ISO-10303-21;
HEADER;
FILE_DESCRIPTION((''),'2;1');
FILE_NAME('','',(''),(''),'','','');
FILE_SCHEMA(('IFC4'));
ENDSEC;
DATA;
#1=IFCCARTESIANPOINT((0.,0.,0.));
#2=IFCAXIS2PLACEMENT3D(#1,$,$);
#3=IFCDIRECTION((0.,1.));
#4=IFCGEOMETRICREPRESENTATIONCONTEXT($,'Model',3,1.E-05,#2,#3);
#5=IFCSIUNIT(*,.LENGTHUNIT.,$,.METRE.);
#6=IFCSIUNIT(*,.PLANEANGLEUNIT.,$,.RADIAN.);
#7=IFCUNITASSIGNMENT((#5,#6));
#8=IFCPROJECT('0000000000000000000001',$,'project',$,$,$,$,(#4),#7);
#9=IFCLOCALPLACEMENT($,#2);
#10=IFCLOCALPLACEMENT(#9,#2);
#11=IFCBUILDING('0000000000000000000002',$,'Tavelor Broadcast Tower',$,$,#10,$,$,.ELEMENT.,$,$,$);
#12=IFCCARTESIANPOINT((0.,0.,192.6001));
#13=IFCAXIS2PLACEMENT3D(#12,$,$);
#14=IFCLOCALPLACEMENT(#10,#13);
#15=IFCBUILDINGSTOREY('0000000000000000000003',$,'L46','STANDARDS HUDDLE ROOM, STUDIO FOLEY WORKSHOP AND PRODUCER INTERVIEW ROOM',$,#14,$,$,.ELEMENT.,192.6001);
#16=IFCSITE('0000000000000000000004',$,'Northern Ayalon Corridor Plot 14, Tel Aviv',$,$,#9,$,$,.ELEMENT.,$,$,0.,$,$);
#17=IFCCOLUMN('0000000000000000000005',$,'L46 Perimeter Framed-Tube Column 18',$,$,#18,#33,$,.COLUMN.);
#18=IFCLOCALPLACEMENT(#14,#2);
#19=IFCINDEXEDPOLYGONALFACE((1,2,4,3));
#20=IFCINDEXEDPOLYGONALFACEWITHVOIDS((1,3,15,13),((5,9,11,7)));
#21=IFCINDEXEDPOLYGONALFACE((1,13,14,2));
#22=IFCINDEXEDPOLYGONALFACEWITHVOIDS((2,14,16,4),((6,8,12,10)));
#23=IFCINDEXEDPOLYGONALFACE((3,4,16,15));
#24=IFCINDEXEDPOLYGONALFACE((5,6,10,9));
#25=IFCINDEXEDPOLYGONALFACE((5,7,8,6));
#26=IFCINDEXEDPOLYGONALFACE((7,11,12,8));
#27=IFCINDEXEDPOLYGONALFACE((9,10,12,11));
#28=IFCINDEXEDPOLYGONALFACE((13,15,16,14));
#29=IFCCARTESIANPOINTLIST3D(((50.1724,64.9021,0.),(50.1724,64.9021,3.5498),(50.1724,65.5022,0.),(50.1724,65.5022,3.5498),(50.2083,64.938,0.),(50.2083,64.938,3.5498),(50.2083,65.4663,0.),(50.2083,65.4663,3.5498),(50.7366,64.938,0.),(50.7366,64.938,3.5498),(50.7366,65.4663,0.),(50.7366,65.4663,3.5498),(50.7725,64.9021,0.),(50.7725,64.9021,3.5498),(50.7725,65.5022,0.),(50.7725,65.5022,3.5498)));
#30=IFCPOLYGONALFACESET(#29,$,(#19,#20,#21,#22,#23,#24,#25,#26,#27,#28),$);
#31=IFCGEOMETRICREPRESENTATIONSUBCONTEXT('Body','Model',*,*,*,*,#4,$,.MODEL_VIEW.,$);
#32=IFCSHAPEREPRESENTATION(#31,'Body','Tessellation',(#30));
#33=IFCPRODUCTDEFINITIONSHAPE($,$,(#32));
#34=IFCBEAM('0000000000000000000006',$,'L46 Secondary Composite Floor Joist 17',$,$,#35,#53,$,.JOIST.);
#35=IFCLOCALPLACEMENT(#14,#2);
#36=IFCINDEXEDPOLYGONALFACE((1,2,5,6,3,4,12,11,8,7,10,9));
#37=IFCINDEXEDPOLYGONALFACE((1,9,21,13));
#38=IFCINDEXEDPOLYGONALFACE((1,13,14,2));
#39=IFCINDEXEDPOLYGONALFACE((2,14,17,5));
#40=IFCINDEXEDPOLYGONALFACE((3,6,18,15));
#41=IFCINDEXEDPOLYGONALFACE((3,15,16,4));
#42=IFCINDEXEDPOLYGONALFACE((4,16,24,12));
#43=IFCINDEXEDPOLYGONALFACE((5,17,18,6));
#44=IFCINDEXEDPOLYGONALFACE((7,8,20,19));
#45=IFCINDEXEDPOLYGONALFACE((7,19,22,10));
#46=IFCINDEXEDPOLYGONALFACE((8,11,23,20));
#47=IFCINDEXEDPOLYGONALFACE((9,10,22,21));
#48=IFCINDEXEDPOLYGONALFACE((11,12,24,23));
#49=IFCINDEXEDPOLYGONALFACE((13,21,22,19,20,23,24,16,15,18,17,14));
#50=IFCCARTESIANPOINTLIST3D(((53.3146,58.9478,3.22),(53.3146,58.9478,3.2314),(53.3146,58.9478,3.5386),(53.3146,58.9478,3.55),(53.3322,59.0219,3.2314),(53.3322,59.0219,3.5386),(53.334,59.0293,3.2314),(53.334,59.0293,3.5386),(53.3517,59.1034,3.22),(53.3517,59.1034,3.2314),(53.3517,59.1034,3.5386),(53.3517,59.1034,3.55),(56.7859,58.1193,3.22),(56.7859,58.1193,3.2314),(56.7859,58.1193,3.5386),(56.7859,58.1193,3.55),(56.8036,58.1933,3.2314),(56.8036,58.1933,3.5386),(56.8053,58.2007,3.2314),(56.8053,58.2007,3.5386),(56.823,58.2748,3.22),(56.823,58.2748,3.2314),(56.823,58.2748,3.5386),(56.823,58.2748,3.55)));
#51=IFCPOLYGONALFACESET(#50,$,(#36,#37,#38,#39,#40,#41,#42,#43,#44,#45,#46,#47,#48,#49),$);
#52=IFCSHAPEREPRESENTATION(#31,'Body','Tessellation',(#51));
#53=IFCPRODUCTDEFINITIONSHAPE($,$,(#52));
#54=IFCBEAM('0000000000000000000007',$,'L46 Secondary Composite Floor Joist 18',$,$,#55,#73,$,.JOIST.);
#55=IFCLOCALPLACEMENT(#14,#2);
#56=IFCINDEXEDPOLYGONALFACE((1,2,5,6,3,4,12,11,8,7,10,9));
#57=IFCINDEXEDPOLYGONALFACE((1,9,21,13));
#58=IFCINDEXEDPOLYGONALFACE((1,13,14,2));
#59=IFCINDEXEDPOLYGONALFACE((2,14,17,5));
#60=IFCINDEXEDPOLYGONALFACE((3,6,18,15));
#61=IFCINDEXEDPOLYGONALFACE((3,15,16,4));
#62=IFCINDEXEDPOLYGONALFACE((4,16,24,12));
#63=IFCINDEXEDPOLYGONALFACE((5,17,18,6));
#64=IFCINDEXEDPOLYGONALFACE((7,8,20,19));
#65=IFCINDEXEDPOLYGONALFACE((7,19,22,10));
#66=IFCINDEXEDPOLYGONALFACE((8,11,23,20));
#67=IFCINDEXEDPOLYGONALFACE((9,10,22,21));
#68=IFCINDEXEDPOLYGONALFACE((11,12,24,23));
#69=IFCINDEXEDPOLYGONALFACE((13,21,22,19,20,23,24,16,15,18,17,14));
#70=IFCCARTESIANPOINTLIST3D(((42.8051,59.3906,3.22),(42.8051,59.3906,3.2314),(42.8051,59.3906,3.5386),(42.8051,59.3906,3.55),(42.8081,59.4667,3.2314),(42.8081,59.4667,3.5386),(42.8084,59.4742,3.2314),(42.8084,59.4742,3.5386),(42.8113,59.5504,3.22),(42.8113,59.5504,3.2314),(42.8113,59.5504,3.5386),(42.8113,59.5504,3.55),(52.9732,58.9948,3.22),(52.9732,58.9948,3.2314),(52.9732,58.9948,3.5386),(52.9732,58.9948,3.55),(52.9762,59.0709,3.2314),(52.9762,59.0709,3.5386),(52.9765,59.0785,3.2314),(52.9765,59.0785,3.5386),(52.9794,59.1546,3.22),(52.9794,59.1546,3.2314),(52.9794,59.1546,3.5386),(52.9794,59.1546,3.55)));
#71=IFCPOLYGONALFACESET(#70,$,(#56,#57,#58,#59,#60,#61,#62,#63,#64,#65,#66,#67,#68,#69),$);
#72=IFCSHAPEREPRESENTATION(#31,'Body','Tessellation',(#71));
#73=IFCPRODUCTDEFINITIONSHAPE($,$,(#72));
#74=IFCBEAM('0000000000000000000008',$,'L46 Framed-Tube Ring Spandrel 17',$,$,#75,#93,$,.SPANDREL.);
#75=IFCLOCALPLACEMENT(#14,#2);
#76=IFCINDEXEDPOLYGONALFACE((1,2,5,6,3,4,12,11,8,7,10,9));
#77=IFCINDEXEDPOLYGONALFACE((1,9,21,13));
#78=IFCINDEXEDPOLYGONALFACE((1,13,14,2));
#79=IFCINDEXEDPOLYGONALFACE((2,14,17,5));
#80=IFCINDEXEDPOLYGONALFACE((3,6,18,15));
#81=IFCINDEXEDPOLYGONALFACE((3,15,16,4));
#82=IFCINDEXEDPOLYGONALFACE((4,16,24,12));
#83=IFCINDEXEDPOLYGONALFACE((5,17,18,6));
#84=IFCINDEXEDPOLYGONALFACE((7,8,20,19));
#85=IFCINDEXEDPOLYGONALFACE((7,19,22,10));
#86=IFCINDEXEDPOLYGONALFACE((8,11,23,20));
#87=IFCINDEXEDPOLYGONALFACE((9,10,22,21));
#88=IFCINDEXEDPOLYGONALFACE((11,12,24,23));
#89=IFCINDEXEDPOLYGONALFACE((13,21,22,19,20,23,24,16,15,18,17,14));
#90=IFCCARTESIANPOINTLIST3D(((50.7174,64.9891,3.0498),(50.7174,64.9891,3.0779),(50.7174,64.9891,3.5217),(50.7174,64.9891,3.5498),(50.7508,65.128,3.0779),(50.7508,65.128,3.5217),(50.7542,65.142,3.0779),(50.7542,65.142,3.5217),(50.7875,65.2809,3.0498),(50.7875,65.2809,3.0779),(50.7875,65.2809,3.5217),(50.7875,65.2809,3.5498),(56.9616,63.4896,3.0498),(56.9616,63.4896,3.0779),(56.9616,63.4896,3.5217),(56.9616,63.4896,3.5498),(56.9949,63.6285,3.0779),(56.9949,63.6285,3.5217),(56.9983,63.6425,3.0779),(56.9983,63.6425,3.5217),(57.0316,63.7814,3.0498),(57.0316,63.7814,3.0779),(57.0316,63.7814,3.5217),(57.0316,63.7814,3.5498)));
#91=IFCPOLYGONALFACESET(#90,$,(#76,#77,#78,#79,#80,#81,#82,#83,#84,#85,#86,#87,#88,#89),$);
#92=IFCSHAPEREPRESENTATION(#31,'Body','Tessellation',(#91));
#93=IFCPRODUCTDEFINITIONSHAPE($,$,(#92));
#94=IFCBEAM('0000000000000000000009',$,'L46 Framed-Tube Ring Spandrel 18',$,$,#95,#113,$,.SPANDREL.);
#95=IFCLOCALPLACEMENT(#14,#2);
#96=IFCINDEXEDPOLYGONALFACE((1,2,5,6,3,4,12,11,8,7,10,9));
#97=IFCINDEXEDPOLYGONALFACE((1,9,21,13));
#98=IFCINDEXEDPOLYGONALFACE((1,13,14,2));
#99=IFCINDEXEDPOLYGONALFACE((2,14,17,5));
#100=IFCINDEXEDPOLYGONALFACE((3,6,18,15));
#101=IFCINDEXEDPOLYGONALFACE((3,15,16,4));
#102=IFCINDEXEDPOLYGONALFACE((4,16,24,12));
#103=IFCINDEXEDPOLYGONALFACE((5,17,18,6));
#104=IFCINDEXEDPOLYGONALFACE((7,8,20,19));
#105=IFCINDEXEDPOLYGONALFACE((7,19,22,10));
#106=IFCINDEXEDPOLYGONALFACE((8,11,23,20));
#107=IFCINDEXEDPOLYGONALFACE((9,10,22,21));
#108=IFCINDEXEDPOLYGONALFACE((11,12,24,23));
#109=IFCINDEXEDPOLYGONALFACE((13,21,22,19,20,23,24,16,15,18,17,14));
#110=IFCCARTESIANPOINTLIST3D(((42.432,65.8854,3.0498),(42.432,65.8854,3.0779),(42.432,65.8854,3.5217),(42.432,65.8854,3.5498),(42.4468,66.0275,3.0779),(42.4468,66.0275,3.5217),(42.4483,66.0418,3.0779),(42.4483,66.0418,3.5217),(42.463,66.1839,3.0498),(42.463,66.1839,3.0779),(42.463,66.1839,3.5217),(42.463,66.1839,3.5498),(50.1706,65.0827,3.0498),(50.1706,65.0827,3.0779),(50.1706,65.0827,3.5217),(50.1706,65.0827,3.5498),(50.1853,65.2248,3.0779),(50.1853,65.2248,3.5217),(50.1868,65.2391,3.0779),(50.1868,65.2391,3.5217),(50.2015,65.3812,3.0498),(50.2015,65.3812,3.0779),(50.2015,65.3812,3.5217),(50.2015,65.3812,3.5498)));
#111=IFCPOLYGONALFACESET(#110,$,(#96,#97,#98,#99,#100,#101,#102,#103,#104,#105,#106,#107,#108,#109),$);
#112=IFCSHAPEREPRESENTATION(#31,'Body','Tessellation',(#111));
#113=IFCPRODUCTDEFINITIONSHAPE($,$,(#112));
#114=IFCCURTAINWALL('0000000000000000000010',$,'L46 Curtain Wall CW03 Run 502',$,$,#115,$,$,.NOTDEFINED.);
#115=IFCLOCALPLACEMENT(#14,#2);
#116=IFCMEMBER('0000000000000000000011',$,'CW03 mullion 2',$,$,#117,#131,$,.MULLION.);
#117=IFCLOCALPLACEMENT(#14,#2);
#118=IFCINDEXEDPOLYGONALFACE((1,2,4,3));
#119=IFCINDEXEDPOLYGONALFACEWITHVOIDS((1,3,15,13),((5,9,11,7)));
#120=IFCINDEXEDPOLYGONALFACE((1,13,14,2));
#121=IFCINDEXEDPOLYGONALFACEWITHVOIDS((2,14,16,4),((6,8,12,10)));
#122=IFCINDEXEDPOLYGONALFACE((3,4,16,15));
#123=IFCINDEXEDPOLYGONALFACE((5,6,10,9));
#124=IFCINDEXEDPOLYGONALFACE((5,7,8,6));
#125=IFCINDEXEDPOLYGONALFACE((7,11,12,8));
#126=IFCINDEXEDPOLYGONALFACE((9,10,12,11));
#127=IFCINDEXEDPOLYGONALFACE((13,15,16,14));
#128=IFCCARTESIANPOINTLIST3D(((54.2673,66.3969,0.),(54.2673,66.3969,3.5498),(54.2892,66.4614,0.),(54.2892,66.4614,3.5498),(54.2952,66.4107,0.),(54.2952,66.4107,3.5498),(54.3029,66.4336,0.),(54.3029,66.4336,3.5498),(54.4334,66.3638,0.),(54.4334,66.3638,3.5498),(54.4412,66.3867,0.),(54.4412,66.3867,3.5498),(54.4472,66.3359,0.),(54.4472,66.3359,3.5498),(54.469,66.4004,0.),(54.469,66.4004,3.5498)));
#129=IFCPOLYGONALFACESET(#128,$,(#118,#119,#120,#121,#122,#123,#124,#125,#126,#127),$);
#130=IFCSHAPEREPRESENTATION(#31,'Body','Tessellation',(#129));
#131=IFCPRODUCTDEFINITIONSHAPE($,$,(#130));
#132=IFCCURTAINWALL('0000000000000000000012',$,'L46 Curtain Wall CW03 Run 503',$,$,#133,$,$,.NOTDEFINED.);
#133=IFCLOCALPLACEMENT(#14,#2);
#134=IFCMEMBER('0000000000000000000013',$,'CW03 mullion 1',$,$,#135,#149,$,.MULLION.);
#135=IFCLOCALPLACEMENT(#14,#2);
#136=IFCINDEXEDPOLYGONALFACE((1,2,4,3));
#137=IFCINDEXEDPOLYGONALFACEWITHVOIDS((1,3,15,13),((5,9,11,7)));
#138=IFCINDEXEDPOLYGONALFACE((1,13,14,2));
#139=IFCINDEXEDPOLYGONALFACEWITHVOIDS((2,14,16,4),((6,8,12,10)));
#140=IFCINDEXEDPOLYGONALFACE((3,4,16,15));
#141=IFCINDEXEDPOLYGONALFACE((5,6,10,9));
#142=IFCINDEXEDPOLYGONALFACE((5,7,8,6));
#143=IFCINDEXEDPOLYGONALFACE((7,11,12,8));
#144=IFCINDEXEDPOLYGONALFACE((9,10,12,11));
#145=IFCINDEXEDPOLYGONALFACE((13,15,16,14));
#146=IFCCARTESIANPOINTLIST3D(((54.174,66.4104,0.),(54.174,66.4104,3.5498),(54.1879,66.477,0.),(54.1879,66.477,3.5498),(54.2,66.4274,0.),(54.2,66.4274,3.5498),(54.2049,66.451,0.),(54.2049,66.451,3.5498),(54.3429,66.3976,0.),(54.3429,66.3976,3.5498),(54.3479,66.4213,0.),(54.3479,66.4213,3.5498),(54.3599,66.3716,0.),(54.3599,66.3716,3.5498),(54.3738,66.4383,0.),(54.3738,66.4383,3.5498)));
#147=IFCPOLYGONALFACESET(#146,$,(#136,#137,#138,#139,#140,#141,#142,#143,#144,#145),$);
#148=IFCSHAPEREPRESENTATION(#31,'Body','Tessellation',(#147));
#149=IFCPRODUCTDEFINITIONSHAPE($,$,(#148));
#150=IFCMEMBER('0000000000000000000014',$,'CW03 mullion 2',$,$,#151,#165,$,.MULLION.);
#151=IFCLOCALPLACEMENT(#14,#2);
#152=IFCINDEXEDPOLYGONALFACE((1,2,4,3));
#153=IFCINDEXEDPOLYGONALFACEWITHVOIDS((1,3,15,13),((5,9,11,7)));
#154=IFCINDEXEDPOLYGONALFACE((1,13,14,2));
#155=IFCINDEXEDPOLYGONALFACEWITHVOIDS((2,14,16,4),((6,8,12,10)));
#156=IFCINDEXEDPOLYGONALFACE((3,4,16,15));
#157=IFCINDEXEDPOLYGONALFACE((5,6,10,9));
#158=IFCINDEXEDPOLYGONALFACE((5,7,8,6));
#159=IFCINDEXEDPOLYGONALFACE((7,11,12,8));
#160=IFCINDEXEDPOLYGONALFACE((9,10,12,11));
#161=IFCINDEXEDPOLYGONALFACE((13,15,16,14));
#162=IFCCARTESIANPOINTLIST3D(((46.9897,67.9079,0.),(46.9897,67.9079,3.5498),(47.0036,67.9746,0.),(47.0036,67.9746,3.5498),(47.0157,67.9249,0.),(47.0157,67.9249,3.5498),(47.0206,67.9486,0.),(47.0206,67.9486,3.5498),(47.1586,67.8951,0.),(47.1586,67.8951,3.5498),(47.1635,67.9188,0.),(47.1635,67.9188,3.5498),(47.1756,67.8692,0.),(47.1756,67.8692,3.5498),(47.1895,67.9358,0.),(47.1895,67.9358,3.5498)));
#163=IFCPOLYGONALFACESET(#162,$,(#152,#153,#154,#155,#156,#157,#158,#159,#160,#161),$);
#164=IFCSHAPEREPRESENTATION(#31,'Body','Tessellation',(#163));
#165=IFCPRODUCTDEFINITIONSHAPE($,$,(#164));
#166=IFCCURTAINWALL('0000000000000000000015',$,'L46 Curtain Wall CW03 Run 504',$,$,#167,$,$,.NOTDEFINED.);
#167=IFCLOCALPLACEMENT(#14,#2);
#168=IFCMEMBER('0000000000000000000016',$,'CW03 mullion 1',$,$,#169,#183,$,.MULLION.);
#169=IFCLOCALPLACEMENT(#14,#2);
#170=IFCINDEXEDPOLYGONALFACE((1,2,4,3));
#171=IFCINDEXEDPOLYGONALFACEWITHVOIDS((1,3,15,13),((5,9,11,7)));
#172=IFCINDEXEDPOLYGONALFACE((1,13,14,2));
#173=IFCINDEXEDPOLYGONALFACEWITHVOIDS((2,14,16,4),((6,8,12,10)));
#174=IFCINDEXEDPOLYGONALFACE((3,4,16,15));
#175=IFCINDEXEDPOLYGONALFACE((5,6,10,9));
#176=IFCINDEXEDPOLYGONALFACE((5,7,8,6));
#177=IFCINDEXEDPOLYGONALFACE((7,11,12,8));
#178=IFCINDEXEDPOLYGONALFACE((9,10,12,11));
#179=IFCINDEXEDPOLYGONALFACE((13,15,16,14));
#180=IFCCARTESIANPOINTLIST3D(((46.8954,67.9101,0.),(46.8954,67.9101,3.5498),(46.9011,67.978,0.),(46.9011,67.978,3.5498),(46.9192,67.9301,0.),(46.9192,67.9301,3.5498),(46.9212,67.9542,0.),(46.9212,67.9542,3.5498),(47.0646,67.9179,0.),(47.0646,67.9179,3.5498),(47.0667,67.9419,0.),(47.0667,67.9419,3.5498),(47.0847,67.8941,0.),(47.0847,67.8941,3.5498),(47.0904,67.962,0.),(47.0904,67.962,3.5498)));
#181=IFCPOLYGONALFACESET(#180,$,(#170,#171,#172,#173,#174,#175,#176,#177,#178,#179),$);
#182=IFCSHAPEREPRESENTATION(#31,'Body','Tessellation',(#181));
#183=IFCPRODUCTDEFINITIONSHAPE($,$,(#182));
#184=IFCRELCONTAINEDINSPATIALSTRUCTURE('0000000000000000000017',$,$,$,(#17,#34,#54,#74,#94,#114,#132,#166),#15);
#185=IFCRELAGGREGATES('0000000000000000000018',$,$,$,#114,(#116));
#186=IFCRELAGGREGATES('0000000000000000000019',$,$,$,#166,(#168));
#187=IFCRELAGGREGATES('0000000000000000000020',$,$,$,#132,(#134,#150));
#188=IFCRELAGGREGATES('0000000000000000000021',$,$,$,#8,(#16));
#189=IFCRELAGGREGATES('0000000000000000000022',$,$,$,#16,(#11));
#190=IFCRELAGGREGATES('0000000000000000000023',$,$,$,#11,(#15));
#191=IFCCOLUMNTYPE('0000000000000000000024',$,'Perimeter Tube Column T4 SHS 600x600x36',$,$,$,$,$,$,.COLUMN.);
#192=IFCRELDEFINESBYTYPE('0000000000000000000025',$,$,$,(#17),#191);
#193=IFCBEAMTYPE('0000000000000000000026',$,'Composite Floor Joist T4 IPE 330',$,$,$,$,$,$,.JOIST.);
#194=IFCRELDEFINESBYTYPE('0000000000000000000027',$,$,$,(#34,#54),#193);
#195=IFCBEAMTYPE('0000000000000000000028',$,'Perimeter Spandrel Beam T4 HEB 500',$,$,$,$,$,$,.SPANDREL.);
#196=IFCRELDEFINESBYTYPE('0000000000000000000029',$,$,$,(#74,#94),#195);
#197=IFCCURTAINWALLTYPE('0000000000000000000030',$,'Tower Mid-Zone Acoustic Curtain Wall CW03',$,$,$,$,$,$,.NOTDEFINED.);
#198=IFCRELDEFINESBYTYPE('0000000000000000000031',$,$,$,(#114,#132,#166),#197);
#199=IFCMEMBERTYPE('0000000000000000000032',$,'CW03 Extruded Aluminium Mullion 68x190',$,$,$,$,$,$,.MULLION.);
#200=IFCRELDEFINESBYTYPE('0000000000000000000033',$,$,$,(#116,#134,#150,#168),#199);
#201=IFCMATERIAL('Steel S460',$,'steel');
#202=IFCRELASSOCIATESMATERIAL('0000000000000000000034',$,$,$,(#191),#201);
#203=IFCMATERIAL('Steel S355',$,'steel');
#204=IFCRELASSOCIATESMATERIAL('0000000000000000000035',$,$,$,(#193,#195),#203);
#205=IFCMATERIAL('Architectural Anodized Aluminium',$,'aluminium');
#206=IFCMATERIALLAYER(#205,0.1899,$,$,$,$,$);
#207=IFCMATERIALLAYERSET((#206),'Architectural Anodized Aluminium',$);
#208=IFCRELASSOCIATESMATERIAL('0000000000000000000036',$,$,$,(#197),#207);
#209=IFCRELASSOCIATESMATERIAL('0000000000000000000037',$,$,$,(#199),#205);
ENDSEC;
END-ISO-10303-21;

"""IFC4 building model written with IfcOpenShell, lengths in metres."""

from ifc_helpers import new_model, si_unit, direction, frame, origin, origin_2d, place, context, subcontext, project, spatial, hollow_rectangle, i_section, extrude, source, transform, mapped, material, layer, layer_set, material_profile, profile_set, type_object, type_shapes, element, aggregate, save


model = new_model("IFC4")

# Units and contexts
model_context = context("Model", 3, precision=1e-05, world=origin(), true_north=direction((0.0, 1.0)))
body_context = subcontext(model_context, "Body", "Model", "MODEL_VIEW")
ifc_project = project(units=[si_unit("LENGTHUNIT", "METRE"), si_unit("PLANEANGLEUNIT", "RADIAN")], contexts=[model_context])

# Site, building, storey
site_placement = place(None, origin())
site = spatial("IfcSite", under=ifc_project, at=site_placement, Name="Northern Ayalon Corridor Plot 14, Tel Aviv", CompositionType="ELEMENT", RefElevation=0.0)
building_placement = place(site_placement, origin())
building = spatial("IfcBuilding", under=site, at=building_placement, Name="Tavelor Broadcast Tower", CompositionType="ELEMENT")
storey_placement = place(building_placement, frame((0.0, 0.0, 192.6001)))
storey = spatial("IfcBuildingStorey", under=building, at=storey_placement, Name="L46", Description="STANDARDS HUDDLE ROOM, STUDIO FOLEY WORKSHOP AND PRODUCER INTERVIEW ROOM", CompositionType="ELEMENT", Elevation=192.6001)

# Column
ifc_material_1 = material(Name="Steel S460", Category="steel")
ifc_material_profile_1 = material_profile(ifc_material_1, hollow_rectangle(XDim=0.6001, YDim=0.6001, WallThickness=0.0359, at=origin_2d()), Name="SHS 600x600x36")
ifc_profile_set_1 = profile_set([ifc_material_profile_1], Name="Steel S460")
column_type = type_object("IfcColumnType", Name="Perimeter Tube Column T4 SHS 600x600x36", PredefinedType="COLUMN", material=ifc_profile_set_1)
column_placement = place(storey_placement, frame((50.4724, 65.2021, 0.0), z_axis=(0.0, 0.0, 1.0), x_axis=(1.0, 0.0, 0.0)))
element("IfcColumn", 1, at=column_placement, inside=storey, type_object=column_type, Name="L46 Perimeter Framed-Tube Column 18", PredefinedType="COLUMN", context=body_context, shape_type="SweptSolid", body=[
    extrude(hollow_rectangle(XDim=0.6001, YDim=0.6001, WallThickness=0.0359, at=origin_2d()), origin(), (0.0, 0.0, 1.0), 3.5498),
])

# Beams
ifc_material_2 = material(Name="Steel S355", Category="steel")
ifc_material_profile_2 = material_profile(ifc_material_2, i_section(OverallWidth=0.1599, OverallDepth=0.3301, WebThickness=0.0076, FlangeThickness=0.0115, at=origin_2d()), Name="IPE 330")
ifc_profile_set_2 = profile_set([ifc_material_profile_2], Name="Steel S355")
beam_type_1 = type_object("IfcBeamType", Name="Composite Floor Joist T4 IPE 330", PredefinedType="JOIST", material=ifc_profile_set_2)
beam_1_placement = place(storey_placement, frame((56.8044, 58.197, 3.385), z_axis=(-0.972675, 0.232172, 0.0), x_axis=(-0.232172, -0.972675, 0.0)))
element("IfcBeam", 2, at=beam_1_placement, inside=storey, type_object=beam_type_1, Name="L46 Secondary Composite Floor Joist 17", PredefinedType="JOIST", context=body_context, shape_type="SweptSolid", body=[
    extrude(i_section(OverallWidth=0.1599, OverallDepth=0.3301, WebThickness=0.0076, FlangeThickness=0.0115, at=origin_2d()), origin(), (0.0, 0.0, 1.0), 3.5688),
])
beam_2_placement = place(storey_placement, frame((52.9763, 59.0747, 3.385), z_axis=(-0.999243, 0.038892, 0.0), x_axis=(-0.038892, -0.999243, 0.0)))
element("IfcBeam", 3, at=beam_2_placement, inside=storey, type_object=beam_type_1, Name="L46 Secondary Composite Floor Joist 18", PredefinedType="JOIST", context=body_context, shape_type="SweptSolid", body=[
    extrude(i_section(OverallWidth=0.1599, OverallDepth=0.3301, WebThickness=0.0076, FlangeThickness=0.0115, at=origin_2d()), origin(), (0.0, 0.0, 1.0), 10.1758),
])
ifc_material_profile_3 = material_profile(ifc_material_2, i_section(OverallWidth=0.3, OverallDepth=0.5, WebThickness=0.0144, FlangeThickness=0.0281, at=origin_2d()), Name="HEB 500")
ifc_profile_set_3 = profile_set([ifc_material_profile_3], Name="Steel S355")
beam_type_2 = type_object("IfcBeamType", Name="Perimeter Spandrel Beam T4 HEB 500", PredefinedType="SPANDREL", material=ifc_profile_set_3)
beam_3_placement = place(storey_placement, frame((56.9966, 63.6355, 3.2998), z_axis=(-0.972355, 0.233508, 0.0), x_axis=(-0.233508, -0.972355, 0.0)))
element("IfcBeam", 4, at=beam_3_placement, inside=storey, type_object=beam_type_2, Name="L46 Framed-Tube Ring Spandrel 17", PredefinedType="SPANDREL", context=body_context, shape_type="SweptSolid", body=[
    extrude(i_section(OverallWidth=0.3, OverallDepth=0.5, WebThickness=0.0144, FlangeThickness=0.0281, at=origin_2d()), origin(), (0.0, 0.0, 1.0), 6.4216),
])
beam_4_placement = place(storey_placement, frame((50.186, 65.2319, 3.2998), z_axis=(-0.994663, 0.103179, 0.0), x_axis=(-0.103179, -0.994663, 0.0)))
element("IfcBeam", 5, at=beam_4_placement, inside=storey, type_object=beam_type_2, Name="L46 Framed-Tube Ring Spandrel 18", PredefinedType="SPANDREL", context=body_context, shape_type="SweptSolid", body=[
    extrude(i_section(OverallWidth=0.3, OverallDepth=0.5, WebThickness=0.0144, FlangeThickness=0.0281, at=origin_2d()), origin(), (0.0, 0.0, 1.0), 7.78),
])

# Curtain wall, member
ifc_material_3 = material(Name="Architectural Anodized Aluminium", Category="aluminium")
ifc_layer_1 = layer(ifc_material_3, 0.1899)
ifc_layer_set_1 = layer_set([ifc_layer_1], Name="Architectural Anodized Aluminium")
curtain_wall_type = type_object("IfcCurtainWallType", Name="Tower Mid-Zone Acoustic Curtain Wall CW03", PredefinedType="NOTDEFINED", material=ifc_layer_set_1)
curtain_wall_1_placement = place(storey_placement, origin())
curtain_wall_1 = element("IfcCurtainWall", 6, at=curtain_wall_1_placement, inside=storey, type_object=curtain_wall_type, Name="L46 Curtain Wall CW03 Run 502", PredefinedType="NOTDEFINED")
ifc_material_profile_4 = material_profile(ifc_material_3, hollow_rectangle(XDim=0.0681, YDim=0.1899, WallThickness=0.022, at=origin_2d()), Name="RHS 68x190x22")
ifc_profile_set_4 = profile_set([ifc_material_profile_4], Name="Architectural Anodized Aluminium")
member_type_1 = type_object("IfcMemberType", Name="CW03 Extruded Aluminium Mullion 68x190", PredefinedType="MULLION", material=ifc_profile_set_4)
shared_shape_1 = source(origin(), body_context, "Body", "SweptSolid", [
    extrude(hollow_rectangle(XDim=0.0681, YDim=0.1899, WallThickness=0.022, at=origin_2d()), origin(), (0.0, 0.0, 1.0), 3.5498),
])
type_shapes(member_type_1, [shared_shape_1])
member_1_placement = place(storey_placement, frame((54.3682, 66.3987, 0.0), z_axis=(0.0, 0.0, 1.0), x_axis=(-0.321023, -0.947071, 0.0)))
member_1 = element("IfcMember", 7, at=member_1_placement, type_object=member_type_1, Name="CW03 mullion 2", PredefinedType="MULLION", context=body_context, shape_type="MappedRepresentation", body=[
    mapped(shared_shape_1, transform((0.0, 0.0, 0.0), scale=1.0)),
])
aggregate(curtain_wall_1, [member_1])

# Curtain wall, members
curtain_wall_2_placement = place(storey_placement, origin())
curtain_wall_2 = element("IfcCurtainWall", 8, at=curtain_wall_2_placement, inside=storey, type_object=curtain_wall_type, Name="L46 Curtain Wall CW03 Run 503", PredefinedType="NOTDEFINED")
member_2_placement = place(storey_placement, frame((54.2739, 66.4243, 0.0), z_axis=(0.0, 0.0, 1.0), x_axis=(-0.20406, -0.978958, 0.0)))
member_2 = element("IfcMember", 9, at=member_2_placement, type_object=member_type_1, Name="CW03 mullion 1", PredefinedType="MULLION", context=body_context, shape_type="MappedRepresentation", body=[
    mapped(shared_shape_1, transform((0.0, 0.0, 0.0), scale=1.0)),
])
member_3_placement = place(storey_placement, frame((47.0896, 67.9219, 0.0), z_axis=(0.0, 0.0, 1.0), x_axis=(-0.20406, -0.978958, 0.0)))
member_3 = element("IfcMember", 10, at=member_3_placement, type_object=member_type_1, Name="CW03 mullion 2", PredefinedType="MULLION", context=body_context, shape_type="MappedRepresentation", body=[
    mapped(shared_shape_1, transform((0.0, 0.0, 0.0), scale=1.0)),
])

# Curtain wall, member
curtain_wall_3_placement = place(storey_placement, origin())
curtain_wall_3 = element("IfcCurtainWall", 11, at=curtain_wall_3_placement, inside=storey, type_object=curtain_wall_type, Name="L46 Curtain Wall CW03 Run 504", PredefinedType="NOTDEFINED")
member_4_placement = place(storey_placement, frame((46.9929, 67.936, 0.0), z_axis=(0.0, 0.0, 1.0), x_axis=(-0.084081, -0.996459, 0.0)))
member_4 = element("IfcMember", 12, at=member_4_placement, type_object=member_type_1, Name="CW03 mullion 1", PredefinedType="MULLION", context=body_context, shape_type="MappedRepresentation", body=[
    mapped(shared_shape_1, transform((0.0, 0.0, 0.0), scale=1.0)),
])

aggregate(curtain_wall_3, [member_4])

aggregate(curtain_wall_2, [member_2, member_3])

save(model, "model.ifc")
